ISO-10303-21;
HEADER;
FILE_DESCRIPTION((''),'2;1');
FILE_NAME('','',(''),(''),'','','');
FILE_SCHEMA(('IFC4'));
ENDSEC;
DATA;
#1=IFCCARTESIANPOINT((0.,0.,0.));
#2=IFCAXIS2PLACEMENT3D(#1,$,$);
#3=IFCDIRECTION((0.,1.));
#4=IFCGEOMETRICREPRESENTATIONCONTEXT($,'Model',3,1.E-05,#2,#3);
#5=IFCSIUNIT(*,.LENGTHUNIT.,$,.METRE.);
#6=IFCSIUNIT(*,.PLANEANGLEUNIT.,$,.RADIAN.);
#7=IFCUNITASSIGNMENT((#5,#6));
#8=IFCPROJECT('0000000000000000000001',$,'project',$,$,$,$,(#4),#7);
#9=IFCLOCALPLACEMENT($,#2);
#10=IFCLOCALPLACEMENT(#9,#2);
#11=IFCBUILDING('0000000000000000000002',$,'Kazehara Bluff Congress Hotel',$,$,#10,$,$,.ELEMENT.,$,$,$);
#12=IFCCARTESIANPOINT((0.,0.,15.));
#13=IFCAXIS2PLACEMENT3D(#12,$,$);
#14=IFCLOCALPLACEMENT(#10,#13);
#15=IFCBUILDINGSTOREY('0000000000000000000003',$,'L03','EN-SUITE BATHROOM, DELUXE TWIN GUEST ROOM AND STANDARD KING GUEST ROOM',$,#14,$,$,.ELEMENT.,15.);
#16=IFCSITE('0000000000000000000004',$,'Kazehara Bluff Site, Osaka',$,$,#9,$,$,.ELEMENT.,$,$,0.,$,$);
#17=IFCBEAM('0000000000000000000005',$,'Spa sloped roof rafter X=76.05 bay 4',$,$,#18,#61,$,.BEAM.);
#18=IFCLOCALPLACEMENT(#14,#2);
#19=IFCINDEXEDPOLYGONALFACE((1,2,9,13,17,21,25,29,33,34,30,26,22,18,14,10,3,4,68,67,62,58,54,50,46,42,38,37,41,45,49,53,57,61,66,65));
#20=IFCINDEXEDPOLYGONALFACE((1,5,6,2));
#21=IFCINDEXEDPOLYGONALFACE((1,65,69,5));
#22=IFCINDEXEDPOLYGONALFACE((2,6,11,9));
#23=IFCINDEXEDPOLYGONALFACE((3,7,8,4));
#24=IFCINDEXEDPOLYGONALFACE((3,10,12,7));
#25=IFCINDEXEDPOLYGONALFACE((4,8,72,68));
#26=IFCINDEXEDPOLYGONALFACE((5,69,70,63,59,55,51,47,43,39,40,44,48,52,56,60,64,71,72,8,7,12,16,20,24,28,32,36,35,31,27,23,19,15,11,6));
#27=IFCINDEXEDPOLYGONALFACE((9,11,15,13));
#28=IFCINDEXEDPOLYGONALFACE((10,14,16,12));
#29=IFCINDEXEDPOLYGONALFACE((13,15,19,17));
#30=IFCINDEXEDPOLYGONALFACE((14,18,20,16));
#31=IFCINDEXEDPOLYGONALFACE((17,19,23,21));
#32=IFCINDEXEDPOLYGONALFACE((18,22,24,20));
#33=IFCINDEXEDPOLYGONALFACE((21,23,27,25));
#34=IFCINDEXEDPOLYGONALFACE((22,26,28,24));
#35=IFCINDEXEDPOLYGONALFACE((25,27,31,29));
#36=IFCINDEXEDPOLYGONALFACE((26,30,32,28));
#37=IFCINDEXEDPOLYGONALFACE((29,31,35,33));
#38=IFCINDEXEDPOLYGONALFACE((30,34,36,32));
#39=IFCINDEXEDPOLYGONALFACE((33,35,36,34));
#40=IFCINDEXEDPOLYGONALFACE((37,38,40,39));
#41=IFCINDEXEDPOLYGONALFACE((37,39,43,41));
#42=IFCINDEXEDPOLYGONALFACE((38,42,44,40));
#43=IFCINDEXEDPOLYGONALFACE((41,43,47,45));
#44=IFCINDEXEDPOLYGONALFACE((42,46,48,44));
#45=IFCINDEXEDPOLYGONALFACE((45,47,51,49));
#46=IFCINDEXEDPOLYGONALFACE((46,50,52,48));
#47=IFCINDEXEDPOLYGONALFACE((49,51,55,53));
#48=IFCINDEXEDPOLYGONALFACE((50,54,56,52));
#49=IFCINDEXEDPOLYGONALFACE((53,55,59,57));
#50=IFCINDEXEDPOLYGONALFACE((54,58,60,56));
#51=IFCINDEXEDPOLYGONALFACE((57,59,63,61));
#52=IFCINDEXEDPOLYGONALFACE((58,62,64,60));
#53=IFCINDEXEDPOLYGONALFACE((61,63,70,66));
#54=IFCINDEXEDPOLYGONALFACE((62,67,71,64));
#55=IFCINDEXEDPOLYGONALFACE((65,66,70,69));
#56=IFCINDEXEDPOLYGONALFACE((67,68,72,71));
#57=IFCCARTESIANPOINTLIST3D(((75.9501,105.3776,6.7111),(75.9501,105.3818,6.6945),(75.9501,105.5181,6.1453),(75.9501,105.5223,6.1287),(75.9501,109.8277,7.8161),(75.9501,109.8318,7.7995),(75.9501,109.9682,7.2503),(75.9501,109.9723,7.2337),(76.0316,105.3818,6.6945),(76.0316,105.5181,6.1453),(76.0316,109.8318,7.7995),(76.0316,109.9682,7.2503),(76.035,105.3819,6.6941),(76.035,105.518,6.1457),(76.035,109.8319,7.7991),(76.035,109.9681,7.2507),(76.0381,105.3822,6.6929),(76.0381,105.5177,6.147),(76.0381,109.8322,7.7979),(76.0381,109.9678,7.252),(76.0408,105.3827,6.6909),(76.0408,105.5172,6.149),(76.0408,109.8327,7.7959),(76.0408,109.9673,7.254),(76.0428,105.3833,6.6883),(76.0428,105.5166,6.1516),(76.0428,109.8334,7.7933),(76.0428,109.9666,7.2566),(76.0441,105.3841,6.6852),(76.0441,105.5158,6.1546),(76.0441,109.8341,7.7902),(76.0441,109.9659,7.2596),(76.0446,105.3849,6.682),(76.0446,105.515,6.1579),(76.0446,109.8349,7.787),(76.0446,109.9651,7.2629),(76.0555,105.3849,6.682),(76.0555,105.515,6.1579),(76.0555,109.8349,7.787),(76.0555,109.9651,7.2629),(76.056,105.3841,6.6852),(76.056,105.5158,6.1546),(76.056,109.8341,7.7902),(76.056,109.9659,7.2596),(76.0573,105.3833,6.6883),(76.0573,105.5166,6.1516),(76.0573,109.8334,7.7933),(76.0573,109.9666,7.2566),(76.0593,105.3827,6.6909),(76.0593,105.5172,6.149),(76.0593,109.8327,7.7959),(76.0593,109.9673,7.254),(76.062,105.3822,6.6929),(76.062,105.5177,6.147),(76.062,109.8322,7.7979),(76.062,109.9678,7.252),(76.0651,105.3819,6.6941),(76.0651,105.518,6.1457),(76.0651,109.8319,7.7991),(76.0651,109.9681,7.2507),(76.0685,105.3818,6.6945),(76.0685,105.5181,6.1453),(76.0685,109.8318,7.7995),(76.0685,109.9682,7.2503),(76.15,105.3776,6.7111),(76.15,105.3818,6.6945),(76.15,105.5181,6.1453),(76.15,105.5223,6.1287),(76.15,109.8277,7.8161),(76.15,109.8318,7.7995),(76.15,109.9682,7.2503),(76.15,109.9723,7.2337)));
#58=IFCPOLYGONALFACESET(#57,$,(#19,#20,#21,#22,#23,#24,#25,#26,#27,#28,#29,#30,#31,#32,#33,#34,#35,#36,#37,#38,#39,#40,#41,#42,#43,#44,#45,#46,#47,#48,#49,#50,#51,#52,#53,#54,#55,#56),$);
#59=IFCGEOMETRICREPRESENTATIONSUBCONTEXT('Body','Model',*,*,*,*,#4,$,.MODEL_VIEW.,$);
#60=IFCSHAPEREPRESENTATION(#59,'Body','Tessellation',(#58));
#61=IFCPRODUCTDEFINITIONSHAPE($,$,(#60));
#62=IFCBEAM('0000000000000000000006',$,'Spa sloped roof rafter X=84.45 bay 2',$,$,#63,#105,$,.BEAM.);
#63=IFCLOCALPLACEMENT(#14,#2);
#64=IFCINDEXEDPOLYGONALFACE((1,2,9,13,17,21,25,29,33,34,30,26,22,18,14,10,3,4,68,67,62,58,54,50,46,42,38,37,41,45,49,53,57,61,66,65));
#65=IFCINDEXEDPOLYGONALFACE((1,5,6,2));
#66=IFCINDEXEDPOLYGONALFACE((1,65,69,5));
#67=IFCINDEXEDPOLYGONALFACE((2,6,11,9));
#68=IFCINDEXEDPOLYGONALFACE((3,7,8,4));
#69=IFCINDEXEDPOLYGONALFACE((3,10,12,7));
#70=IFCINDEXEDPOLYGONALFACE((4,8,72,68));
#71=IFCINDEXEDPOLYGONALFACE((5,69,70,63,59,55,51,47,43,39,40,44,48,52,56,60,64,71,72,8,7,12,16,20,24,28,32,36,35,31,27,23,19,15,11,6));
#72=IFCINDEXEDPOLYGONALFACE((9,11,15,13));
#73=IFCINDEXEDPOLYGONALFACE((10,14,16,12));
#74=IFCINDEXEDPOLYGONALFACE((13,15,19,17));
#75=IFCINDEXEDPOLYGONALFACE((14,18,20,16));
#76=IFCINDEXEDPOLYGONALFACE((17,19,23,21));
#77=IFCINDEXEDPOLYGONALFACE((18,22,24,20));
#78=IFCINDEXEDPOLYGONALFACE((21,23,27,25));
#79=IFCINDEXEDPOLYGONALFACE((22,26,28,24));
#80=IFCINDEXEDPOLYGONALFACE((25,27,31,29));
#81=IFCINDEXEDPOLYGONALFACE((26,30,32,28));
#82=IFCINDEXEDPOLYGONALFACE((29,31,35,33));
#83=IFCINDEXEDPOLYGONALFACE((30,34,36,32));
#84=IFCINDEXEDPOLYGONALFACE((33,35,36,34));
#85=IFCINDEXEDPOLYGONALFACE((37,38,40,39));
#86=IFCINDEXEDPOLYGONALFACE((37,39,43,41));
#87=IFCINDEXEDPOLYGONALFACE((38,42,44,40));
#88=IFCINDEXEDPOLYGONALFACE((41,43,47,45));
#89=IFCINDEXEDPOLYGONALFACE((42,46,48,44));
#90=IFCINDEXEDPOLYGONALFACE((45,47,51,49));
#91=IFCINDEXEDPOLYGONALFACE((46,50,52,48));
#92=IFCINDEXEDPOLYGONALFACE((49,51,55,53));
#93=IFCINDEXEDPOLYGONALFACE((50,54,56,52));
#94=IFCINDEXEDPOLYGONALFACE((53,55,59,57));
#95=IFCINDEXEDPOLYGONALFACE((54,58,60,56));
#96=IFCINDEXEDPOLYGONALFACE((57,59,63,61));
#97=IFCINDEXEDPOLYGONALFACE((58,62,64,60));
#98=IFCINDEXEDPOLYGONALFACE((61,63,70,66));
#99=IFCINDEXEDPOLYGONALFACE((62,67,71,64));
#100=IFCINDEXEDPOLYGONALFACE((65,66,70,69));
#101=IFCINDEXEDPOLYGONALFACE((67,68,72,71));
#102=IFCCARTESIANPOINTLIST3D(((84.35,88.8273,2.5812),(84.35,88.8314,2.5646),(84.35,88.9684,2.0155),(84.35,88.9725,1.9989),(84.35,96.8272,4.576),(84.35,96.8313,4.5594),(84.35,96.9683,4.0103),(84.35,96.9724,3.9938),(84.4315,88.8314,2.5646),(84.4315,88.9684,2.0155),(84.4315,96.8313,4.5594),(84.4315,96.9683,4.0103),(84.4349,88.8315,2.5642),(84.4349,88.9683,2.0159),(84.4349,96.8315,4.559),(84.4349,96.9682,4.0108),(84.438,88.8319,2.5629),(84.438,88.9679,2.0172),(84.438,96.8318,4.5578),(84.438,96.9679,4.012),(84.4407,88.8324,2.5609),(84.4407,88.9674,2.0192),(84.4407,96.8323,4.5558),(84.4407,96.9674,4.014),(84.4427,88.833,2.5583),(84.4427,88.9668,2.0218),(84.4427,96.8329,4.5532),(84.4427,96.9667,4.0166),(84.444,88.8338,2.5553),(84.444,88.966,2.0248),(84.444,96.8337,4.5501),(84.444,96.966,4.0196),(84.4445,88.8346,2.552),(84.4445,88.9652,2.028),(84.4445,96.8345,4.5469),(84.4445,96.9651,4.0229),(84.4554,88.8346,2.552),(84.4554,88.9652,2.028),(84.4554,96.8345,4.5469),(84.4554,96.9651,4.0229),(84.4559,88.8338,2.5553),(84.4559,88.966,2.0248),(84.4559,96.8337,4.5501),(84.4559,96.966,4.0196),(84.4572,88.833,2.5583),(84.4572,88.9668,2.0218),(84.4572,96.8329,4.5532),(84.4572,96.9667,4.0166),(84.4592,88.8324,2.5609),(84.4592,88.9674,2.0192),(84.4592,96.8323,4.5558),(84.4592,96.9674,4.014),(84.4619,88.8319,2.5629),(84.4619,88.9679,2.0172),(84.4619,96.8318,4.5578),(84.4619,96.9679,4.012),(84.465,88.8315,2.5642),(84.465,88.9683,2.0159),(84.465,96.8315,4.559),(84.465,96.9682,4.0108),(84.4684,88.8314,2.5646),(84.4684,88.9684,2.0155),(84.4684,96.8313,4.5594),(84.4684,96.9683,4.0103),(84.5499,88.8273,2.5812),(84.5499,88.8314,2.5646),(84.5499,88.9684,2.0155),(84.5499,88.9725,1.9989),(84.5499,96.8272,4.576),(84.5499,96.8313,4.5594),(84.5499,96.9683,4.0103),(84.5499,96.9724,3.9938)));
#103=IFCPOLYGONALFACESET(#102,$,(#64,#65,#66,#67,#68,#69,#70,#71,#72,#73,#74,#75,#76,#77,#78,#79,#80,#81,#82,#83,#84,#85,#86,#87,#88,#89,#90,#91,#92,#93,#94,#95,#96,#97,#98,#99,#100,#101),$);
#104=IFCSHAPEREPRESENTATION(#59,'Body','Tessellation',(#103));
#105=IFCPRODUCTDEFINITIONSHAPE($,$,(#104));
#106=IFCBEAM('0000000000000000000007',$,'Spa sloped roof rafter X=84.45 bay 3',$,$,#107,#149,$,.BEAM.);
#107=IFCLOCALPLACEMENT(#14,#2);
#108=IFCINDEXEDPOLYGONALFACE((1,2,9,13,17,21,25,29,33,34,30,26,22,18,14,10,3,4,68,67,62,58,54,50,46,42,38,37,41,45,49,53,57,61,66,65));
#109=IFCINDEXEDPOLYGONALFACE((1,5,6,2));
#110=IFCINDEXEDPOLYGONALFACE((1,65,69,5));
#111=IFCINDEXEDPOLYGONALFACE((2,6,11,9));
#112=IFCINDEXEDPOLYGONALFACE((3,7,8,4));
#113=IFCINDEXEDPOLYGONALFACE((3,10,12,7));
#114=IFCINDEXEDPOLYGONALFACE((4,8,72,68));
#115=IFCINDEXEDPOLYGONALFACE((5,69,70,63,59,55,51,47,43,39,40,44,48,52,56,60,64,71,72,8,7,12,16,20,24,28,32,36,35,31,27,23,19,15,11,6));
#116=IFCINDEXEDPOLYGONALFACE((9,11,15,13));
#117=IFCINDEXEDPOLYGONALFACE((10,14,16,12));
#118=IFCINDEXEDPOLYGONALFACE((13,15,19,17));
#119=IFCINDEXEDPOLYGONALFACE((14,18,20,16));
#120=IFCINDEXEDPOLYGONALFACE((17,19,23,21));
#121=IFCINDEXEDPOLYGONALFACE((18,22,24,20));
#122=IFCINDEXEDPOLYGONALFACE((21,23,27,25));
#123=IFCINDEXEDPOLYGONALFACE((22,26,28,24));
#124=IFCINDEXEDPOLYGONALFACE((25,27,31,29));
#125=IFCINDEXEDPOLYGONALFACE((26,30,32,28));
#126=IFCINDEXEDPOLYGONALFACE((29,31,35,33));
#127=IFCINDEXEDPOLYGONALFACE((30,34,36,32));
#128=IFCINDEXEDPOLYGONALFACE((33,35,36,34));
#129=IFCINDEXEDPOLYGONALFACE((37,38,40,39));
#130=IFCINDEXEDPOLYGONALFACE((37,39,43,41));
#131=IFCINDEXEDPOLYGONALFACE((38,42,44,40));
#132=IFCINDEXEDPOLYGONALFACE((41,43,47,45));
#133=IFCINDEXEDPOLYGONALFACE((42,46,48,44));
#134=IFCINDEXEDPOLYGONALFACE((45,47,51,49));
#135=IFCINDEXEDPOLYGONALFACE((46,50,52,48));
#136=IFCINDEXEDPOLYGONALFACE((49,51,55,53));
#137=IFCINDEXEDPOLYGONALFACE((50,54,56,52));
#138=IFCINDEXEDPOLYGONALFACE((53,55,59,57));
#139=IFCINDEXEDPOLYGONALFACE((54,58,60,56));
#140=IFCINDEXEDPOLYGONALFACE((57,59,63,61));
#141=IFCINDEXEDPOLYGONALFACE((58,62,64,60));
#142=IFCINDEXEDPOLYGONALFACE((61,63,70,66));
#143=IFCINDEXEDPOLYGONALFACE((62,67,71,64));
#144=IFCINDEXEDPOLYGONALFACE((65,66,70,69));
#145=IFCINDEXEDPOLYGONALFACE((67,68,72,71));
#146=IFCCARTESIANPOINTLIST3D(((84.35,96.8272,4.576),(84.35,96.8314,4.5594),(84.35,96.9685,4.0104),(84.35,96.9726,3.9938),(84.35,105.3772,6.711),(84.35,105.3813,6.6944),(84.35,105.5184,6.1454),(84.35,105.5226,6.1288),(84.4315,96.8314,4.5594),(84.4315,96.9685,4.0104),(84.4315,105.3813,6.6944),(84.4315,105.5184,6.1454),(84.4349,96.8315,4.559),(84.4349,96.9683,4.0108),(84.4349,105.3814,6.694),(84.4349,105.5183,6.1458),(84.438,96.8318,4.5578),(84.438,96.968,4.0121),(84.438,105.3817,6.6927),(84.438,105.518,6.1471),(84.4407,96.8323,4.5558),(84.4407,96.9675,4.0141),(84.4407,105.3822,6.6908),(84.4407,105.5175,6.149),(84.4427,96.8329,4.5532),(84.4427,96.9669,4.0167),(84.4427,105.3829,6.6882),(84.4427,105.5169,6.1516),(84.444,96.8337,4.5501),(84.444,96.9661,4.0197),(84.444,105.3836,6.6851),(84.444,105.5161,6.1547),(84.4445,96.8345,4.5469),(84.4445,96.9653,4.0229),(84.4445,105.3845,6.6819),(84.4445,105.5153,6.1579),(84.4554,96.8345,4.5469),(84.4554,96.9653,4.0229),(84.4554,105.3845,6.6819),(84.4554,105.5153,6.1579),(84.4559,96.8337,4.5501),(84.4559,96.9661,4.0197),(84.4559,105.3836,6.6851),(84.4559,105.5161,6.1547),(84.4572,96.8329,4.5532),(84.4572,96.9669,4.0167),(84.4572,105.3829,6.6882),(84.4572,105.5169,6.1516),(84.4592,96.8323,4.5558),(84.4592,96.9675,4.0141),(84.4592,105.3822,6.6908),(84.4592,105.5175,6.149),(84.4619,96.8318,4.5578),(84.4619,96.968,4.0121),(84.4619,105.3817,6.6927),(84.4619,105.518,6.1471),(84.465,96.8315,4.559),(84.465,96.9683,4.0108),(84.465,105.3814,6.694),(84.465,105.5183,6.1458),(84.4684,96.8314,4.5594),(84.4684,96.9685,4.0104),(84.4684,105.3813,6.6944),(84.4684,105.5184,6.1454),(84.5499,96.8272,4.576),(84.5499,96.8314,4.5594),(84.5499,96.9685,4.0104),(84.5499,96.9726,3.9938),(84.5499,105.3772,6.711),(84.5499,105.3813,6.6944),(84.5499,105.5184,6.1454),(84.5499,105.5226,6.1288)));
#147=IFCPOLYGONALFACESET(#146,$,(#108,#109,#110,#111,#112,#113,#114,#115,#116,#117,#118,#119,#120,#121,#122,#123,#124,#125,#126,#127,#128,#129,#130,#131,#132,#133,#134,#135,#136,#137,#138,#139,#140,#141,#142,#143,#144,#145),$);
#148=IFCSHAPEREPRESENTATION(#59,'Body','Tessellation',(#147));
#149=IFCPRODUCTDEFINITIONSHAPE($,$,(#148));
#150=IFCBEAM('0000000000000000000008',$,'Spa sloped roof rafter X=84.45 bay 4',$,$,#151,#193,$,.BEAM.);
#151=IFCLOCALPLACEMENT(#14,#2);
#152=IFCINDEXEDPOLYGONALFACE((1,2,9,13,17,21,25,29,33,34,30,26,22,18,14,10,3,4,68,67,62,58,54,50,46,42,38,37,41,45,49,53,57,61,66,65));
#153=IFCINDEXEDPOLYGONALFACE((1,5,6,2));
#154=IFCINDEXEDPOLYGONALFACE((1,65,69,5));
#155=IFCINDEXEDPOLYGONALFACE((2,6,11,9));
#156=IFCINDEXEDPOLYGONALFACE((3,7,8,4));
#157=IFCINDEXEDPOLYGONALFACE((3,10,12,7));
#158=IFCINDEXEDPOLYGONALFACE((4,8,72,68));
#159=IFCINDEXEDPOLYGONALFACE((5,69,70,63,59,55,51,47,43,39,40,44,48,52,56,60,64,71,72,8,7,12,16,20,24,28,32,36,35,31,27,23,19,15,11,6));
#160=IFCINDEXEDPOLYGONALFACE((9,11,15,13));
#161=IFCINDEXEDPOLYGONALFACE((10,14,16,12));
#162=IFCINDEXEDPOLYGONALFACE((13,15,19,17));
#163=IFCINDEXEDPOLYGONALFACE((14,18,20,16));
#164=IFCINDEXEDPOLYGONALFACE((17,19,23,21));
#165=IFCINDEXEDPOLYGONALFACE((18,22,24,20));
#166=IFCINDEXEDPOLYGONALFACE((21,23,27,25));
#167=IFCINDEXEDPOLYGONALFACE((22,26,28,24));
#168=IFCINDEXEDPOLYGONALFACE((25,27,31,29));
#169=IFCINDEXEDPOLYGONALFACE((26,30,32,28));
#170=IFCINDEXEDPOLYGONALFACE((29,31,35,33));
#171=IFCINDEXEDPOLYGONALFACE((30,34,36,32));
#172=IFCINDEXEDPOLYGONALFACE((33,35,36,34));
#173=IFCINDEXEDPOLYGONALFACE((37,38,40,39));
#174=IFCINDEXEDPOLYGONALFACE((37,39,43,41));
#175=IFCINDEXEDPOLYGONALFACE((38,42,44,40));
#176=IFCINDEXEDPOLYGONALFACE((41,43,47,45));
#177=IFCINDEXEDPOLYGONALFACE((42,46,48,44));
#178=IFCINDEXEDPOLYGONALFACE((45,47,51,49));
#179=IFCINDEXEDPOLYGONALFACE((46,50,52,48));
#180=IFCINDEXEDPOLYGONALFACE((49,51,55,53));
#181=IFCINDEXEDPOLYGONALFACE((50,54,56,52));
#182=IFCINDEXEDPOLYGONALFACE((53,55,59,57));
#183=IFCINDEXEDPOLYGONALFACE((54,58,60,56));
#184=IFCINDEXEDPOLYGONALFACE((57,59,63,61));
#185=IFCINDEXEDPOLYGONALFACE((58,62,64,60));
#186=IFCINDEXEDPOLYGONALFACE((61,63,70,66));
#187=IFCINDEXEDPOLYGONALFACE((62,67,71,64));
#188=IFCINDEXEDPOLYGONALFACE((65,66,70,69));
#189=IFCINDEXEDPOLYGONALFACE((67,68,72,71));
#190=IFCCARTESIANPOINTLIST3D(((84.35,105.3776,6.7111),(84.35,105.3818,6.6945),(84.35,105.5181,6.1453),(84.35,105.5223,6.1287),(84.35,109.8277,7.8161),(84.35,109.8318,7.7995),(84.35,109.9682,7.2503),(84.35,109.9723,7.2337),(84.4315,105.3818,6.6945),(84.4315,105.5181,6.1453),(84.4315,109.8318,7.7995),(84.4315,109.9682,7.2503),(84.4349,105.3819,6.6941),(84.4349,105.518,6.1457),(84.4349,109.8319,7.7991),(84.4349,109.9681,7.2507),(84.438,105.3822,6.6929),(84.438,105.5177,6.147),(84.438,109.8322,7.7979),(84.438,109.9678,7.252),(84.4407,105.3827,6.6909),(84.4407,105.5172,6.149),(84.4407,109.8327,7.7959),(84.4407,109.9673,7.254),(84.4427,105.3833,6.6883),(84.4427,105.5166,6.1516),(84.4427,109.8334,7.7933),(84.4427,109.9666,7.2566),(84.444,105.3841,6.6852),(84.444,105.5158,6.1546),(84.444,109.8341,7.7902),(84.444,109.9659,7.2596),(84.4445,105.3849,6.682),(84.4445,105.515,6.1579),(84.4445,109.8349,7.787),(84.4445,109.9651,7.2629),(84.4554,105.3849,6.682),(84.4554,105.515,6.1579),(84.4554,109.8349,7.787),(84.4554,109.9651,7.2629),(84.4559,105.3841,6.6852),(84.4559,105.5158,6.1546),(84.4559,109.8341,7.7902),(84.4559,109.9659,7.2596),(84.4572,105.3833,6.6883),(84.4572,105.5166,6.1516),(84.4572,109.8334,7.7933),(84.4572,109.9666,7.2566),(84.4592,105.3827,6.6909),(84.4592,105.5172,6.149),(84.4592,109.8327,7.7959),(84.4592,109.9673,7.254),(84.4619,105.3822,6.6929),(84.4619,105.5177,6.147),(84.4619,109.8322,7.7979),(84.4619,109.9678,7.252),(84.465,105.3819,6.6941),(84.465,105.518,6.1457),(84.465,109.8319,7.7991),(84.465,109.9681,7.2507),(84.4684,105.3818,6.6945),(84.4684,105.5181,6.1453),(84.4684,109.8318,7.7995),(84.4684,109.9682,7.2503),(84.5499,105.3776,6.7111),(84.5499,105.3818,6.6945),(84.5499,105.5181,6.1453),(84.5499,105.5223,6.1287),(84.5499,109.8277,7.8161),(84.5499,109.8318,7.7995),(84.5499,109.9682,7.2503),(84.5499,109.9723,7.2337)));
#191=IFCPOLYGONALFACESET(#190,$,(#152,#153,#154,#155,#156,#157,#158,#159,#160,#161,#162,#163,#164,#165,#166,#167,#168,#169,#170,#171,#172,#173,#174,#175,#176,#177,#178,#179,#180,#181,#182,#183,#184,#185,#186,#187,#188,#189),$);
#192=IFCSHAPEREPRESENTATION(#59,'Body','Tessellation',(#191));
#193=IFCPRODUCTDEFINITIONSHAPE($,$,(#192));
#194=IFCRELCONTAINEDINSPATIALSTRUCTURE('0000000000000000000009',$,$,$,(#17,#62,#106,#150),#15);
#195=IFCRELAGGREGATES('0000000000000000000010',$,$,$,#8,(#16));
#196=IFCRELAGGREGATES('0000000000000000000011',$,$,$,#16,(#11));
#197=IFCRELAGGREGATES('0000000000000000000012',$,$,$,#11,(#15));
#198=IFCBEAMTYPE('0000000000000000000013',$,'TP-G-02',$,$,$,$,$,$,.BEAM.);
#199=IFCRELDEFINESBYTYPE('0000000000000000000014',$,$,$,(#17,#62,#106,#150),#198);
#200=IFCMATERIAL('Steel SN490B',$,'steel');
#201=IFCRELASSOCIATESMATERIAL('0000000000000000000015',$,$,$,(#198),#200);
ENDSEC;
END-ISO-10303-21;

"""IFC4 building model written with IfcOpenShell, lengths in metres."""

from ifc_helpers import new_model, si_unit, direction, frame, origin, origin_2d, place, context, subcontext, project, spatial, i_section, extrude, material, material_profile, profile_set, type_object, element, save


model = new_model("IFC4")

# Units and contexts
model_context = context("Model", 3, precision=1e-05, world=origin(), true_north=direction((0.0, 1.0)))
body_context = subcontext(model_context, "Body", "Model", "MODEL_VIEW")
ifc_project = project(units=[si_unit("LENGTHUNIT", "METRE"), si_unit("PLANEANGLEUNIT", "RADIAN")], contexts=[model_context])

# Site, building, storey
site_placement = place(None, origin())
site = spatial("IfcSite", under=ifc_project, at=site_placement, Name="Kazehara Bluff Site, Osaka", CompositionType="ELEMENT", RefElevation=0.0)
building_placement = place(site_placement, origin())
building = spatial("IfcBuilding", under=site, at=building_placement, Name="Kazehara Bluff Congress Hotel", CompositionType="ELEMENT")
storey_placement = place(building_placement, frame((0.0, 0.0, 15.0)))
storey = spatial("IfcBuildingStorey", under=building, at=storey_placement, Name="L03", Description="EN-SUITE BATHROOM, DELUXE TWIN GUEST ROOM AND STANDARD KING GUEST ROOM", CompositionType="ELEMENT", Elevation=15.0)

# Beams
ifc_material_1 = material(Name="Steel SN490B", Category="steel")
ifc_material_profile_1 = material_profile(ifc_material_1, i_section(OverallWidth=0.2, OverallDepth=0.6001, WebThickness=0.011, FlangeThickness=0.0171, FilletRadius=0.0129, at=origin_2d()))
ifc_profile_set_1 = profile_set([ifc_material_profile_1], Name="Steel SN490B")
beam_type_1 = type_object("IfcBeamType", Name="TP-G-02", PredefinedType="BEAM", material=ifc_profile_set_1)
beam_1_placement = place(storey_placement, frame((76.05, 105.45, 6.4199), z_axis=(0.0, 0.970527, 0.240994), x_axis=(-1.0, 0.0, 0.0)))
element("IfcBeam", 1, at=beam_1_placement, inside=storey, type_object=beam_type_1, Name="Spa sloped roof rafter X=76.05 bay 4", PredefinedType="BEAM", context=body_context, shape_type="SweptSolid", body=[
    extrude(i_section(OverallWidth=0.2, OverallDepth=0.6001, WebThickness=0.011, FlangeThickness=0.0171, FilletRadius=0.0129, at=origin_2d()), origin(), (0.0, 0.0, 1.0), 4.5852),
])
beam_2_placement = place(storey_placement, frame((84.45, 88.8999, 2.29), z_axis=(0.0, 0.970289, 0.24195), x_axis=(-1.0, 0.0, 0.0)))
element("IfcBeam", 2, at=beam_2_placement, inside=storey, type_object=beam_type_1, Name="Spa sloped roof rafter X=84.45 bay 2", PredefinedType="BEAM", context=body_context, shape_type="SweptSolid", body=[
    extrude(i_section(OverallWidth=0.2, OverallDepth=0.6001, WebThickness=0.011, FlangeThickness=0.0171, FilletRadius=0.0129, at=origin_2d()), origin(), (0.0, 0.0, 1.0), 8.2449),
])
beam_3_placement = place(storey_placement, frame((84.45, 96.8999, 4.2849), z_axis=(0.0, 0.970209, 0.242268), x_axis=(-1.0, 0.0, 0.0)))
element("IfcBeam", 3, at=beam_3_placement, inside=storey, type_object=beam_type_1, Name="Spa sloped roof rafter X=84.45 bay 3", PredefinedType="BEAM", context=body_context, shape_type="SweptSolid", body=[
    extrude(i_section(OverallWidth=0.2, OverallDepth=0.6001, WebThickness=0.011, FlangeThickness=0.0171, FilletRadius=0.0129, at=origin_2d()), origin(), (0.0, 0.0, 1.0), 8.8125),
])
beam_4_placement = place(storey_placement, frame((84.45, 105.45, 6.4199), z_axis=(0.0, 0.970527, 0.240994), x_axis=(-1.0, 0.0, 0.0)))
element("IfcBeam", 4, at=beam_4_placement, inside=storey, type_object=beam_type_1, Name="Spa sloped roof rafter X=84.45 bay 4", PredefinedType="BEAM", context=body_context, shape_type="SweptSolid", body=[
    extrude(i_section(OverallWidth=0.2, OverallDepth=0.6001, WebThickness=0.011, FlangeThickness=0.0171, FilletRadius=0.0129, at=origin_2d()), origin(), (0.0, 0.0, 1.0), 4.5852),
])

save(model, "model.ifc")
